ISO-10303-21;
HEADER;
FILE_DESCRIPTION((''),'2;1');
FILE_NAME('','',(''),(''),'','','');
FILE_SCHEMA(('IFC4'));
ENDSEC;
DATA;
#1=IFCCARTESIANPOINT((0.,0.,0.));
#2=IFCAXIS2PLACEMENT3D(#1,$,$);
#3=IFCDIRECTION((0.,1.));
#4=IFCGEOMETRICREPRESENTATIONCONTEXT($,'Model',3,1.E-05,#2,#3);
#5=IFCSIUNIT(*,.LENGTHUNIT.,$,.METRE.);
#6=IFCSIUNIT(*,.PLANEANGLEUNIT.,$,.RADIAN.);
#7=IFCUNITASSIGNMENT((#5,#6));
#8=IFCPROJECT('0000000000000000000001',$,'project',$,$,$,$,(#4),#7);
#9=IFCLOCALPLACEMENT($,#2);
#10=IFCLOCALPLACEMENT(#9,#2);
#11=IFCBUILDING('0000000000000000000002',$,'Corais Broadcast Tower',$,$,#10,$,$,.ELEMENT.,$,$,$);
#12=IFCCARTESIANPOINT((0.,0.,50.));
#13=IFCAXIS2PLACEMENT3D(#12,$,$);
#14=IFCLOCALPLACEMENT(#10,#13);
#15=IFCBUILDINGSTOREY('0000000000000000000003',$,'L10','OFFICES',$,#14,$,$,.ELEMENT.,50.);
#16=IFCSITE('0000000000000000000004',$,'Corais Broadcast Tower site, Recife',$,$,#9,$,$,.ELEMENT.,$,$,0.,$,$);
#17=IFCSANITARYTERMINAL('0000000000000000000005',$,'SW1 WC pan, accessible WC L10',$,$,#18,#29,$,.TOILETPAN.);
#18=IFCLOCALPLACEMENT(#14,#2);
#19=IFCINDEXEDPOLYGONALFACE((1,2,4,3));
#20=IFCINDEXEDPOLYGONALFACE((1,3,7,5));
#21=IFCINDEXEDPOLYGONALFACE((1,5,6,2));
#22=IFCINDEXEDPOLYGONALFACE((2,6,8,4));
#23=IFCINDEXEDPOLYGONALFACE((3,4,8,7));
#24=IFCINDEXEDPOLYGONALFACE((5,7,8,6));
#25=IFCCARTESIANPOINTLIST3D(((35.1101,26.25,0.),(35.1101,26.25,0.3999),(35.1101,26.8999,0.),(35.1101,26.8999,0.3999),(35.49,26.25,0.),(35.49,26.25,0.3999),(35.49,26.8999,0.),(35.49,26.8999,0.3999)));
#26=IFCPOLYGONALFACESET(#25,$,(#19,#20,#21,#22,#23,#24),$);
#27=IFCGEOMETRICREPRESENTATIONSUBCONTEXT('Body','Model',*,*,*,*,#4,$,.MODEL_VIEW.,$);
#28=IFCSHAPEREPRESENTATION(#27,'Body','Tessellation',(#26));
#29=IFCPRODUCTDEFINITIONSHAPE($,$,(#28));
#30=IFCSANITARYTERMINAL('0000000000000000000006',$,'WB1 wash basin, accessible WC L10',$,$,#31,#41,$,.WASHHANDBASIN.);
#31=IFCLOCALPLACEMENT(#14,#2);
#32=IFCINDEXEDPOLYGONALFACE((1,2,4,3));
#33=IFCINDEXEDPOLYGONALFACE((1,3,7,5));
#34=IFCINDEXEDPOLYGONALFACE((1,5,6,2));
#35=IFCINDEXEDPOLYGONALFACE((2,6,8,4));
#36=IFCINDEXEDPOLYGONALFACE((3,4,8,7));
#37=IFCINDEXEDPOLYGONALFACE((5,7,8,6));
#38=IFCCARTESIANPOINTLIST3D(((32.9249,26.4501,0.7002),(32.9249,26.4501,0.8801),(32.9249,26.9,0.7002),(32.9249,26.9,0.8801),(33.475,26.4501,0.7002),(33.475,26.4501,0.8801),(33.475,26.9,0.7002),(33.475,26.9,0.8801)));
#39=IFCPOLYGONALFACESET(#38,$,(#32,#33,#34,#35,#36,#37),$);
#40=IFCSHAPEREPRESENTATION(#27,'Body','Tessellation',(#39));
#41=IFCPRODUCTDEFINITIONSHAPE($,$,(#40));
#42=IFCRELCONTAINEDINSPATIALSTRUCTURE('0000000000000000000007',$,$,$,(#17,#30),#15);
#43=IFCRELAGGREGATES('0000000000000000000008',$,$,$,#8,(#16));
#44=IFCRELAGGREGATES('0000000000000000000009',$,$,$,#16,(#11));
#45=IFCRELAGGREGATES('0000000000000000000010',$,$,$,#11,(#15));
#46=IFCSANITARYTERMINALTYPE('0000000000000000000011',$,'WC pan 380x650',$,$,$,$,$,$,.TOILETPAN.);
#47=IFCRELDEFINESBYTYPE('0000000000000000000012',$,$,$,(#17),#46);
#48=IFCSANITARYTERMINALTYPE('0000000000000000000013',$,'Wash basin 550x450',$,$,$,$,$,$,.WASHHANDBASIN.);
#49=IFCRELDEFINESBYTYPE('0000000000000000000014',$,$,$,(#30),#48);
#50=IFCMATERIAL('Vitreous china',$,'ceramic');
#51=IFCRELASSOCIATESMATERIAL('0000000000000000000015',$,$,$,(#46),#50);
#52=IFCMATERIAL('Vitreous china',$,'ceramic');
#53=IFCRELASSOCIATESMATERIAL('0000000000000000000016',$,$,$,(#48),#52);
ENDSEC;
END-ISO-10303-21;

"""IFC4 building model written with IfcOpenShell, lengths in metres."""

from ifc_helpers import new_model, si_unit, direction, frame, origin, origin_2d, place, context, subcontext, project, spatial, rectangle, extrude, material, type_object, element, save


model = new_model("IFC4")

# Units and contexts
model_context = context("Model", 3, precision=1e-05, world=origin(), true_north=direction((0.0, 1.0)))
body_context = subcontext(model_context, "Body", "Model", "MODEL_VIEW")
ifc_project = project(units=[si_unit("LENGTHUNIT", "METRE"), si_unit("PLANEANGLEUNIT", "RADIAN")], contexts=[model_context])

# Site, building, storey
site_placement = place(None, origin())
site = spatial("IfcSite", under=ifc_project, at=site_placement, Name="Corais Broadcast Tower site, Recife", CompositionType="ELEMENT", RefElevation=0.0)
building_placement = place(site_placement, origin())
building = spatial("IfcBuilding", under=site, at=building_placement, Name="Corais Broadcast Tower", CompositionType="ELEMENT")
storey_placement = place(building_placement, frame((0.0, 0.0, 50.0)))
storey = spatial("IfcBuildingStorey", under=building, at=storey_placement, Name="L10", Description="OFFICES", CompositionType="ELEMENT", Elevation=50.0)

# Sanitary terminals
ifc_material_1 = material(Name="Vitreous china", Category="ceramic")
sanitary_terminal_type_1 = type_object("IfcSanitaryTerminalType", Name="WC pan 380x650", PredefinedType="TOILETPAN", material=ifc_material_1)
for number, where, z_axis, x_axis, name in (
    (1, (35.3, 26.575, 0.0), (0.0, 0.0, 1.0), (1.0, 0.0, 0.0), "SW1 WC pan, accessible WC L10"),
):
    element("IfcSanitaryTerminal", number, at=place(storey_placement, frame(where, z_axis=z_axis, x_axis=x_axis)), inside=storey, type_object=sanitary_terminal_type_1, Name=name, PredefinedType="TOILETPAN", context=body_context, shape_type="SweptSolid", body=[
        extrude(rectangle(XDim=0.3799, YDim=0.6499, at=origin_2d()), origin(), (0.0, 0.0, 1.0), 0.3999),
    ])
ifc_material_2 = material(Name="Vitreous china", Category="ceramic")
sanitary_terminal_type_2 = type_object("IfcSanitaryTerminalType", Name="Wash basin 550x450", PredefinedType="WASHHANDBASIN", material=ifc_material_2)
sanitary_terminal_placement = place(storey_placement, frame((33.2, 26.675, 0.7002), z_axis=(0.0, 0.0, 1.0), x_axis=(1.0, 0.0, 0.0)))
element("IfcSanitaryTerminal", 2, at=sanitary_terminal_placement, inside=storey, type_object=sanitary_terminal_type_2, Name="WB1 wash basin, accessible WC L10", PredefinedType="WASHHANDBASIN", context=body_context, shape_type="SweptSolid", body=[
    extrude(rectangle(XDim=0.55, YDim=0.45, at=origin_2d()), origin(), (0.0, 0.0, 1.0), 0.1799),
])

save(model, "model.ifc")
